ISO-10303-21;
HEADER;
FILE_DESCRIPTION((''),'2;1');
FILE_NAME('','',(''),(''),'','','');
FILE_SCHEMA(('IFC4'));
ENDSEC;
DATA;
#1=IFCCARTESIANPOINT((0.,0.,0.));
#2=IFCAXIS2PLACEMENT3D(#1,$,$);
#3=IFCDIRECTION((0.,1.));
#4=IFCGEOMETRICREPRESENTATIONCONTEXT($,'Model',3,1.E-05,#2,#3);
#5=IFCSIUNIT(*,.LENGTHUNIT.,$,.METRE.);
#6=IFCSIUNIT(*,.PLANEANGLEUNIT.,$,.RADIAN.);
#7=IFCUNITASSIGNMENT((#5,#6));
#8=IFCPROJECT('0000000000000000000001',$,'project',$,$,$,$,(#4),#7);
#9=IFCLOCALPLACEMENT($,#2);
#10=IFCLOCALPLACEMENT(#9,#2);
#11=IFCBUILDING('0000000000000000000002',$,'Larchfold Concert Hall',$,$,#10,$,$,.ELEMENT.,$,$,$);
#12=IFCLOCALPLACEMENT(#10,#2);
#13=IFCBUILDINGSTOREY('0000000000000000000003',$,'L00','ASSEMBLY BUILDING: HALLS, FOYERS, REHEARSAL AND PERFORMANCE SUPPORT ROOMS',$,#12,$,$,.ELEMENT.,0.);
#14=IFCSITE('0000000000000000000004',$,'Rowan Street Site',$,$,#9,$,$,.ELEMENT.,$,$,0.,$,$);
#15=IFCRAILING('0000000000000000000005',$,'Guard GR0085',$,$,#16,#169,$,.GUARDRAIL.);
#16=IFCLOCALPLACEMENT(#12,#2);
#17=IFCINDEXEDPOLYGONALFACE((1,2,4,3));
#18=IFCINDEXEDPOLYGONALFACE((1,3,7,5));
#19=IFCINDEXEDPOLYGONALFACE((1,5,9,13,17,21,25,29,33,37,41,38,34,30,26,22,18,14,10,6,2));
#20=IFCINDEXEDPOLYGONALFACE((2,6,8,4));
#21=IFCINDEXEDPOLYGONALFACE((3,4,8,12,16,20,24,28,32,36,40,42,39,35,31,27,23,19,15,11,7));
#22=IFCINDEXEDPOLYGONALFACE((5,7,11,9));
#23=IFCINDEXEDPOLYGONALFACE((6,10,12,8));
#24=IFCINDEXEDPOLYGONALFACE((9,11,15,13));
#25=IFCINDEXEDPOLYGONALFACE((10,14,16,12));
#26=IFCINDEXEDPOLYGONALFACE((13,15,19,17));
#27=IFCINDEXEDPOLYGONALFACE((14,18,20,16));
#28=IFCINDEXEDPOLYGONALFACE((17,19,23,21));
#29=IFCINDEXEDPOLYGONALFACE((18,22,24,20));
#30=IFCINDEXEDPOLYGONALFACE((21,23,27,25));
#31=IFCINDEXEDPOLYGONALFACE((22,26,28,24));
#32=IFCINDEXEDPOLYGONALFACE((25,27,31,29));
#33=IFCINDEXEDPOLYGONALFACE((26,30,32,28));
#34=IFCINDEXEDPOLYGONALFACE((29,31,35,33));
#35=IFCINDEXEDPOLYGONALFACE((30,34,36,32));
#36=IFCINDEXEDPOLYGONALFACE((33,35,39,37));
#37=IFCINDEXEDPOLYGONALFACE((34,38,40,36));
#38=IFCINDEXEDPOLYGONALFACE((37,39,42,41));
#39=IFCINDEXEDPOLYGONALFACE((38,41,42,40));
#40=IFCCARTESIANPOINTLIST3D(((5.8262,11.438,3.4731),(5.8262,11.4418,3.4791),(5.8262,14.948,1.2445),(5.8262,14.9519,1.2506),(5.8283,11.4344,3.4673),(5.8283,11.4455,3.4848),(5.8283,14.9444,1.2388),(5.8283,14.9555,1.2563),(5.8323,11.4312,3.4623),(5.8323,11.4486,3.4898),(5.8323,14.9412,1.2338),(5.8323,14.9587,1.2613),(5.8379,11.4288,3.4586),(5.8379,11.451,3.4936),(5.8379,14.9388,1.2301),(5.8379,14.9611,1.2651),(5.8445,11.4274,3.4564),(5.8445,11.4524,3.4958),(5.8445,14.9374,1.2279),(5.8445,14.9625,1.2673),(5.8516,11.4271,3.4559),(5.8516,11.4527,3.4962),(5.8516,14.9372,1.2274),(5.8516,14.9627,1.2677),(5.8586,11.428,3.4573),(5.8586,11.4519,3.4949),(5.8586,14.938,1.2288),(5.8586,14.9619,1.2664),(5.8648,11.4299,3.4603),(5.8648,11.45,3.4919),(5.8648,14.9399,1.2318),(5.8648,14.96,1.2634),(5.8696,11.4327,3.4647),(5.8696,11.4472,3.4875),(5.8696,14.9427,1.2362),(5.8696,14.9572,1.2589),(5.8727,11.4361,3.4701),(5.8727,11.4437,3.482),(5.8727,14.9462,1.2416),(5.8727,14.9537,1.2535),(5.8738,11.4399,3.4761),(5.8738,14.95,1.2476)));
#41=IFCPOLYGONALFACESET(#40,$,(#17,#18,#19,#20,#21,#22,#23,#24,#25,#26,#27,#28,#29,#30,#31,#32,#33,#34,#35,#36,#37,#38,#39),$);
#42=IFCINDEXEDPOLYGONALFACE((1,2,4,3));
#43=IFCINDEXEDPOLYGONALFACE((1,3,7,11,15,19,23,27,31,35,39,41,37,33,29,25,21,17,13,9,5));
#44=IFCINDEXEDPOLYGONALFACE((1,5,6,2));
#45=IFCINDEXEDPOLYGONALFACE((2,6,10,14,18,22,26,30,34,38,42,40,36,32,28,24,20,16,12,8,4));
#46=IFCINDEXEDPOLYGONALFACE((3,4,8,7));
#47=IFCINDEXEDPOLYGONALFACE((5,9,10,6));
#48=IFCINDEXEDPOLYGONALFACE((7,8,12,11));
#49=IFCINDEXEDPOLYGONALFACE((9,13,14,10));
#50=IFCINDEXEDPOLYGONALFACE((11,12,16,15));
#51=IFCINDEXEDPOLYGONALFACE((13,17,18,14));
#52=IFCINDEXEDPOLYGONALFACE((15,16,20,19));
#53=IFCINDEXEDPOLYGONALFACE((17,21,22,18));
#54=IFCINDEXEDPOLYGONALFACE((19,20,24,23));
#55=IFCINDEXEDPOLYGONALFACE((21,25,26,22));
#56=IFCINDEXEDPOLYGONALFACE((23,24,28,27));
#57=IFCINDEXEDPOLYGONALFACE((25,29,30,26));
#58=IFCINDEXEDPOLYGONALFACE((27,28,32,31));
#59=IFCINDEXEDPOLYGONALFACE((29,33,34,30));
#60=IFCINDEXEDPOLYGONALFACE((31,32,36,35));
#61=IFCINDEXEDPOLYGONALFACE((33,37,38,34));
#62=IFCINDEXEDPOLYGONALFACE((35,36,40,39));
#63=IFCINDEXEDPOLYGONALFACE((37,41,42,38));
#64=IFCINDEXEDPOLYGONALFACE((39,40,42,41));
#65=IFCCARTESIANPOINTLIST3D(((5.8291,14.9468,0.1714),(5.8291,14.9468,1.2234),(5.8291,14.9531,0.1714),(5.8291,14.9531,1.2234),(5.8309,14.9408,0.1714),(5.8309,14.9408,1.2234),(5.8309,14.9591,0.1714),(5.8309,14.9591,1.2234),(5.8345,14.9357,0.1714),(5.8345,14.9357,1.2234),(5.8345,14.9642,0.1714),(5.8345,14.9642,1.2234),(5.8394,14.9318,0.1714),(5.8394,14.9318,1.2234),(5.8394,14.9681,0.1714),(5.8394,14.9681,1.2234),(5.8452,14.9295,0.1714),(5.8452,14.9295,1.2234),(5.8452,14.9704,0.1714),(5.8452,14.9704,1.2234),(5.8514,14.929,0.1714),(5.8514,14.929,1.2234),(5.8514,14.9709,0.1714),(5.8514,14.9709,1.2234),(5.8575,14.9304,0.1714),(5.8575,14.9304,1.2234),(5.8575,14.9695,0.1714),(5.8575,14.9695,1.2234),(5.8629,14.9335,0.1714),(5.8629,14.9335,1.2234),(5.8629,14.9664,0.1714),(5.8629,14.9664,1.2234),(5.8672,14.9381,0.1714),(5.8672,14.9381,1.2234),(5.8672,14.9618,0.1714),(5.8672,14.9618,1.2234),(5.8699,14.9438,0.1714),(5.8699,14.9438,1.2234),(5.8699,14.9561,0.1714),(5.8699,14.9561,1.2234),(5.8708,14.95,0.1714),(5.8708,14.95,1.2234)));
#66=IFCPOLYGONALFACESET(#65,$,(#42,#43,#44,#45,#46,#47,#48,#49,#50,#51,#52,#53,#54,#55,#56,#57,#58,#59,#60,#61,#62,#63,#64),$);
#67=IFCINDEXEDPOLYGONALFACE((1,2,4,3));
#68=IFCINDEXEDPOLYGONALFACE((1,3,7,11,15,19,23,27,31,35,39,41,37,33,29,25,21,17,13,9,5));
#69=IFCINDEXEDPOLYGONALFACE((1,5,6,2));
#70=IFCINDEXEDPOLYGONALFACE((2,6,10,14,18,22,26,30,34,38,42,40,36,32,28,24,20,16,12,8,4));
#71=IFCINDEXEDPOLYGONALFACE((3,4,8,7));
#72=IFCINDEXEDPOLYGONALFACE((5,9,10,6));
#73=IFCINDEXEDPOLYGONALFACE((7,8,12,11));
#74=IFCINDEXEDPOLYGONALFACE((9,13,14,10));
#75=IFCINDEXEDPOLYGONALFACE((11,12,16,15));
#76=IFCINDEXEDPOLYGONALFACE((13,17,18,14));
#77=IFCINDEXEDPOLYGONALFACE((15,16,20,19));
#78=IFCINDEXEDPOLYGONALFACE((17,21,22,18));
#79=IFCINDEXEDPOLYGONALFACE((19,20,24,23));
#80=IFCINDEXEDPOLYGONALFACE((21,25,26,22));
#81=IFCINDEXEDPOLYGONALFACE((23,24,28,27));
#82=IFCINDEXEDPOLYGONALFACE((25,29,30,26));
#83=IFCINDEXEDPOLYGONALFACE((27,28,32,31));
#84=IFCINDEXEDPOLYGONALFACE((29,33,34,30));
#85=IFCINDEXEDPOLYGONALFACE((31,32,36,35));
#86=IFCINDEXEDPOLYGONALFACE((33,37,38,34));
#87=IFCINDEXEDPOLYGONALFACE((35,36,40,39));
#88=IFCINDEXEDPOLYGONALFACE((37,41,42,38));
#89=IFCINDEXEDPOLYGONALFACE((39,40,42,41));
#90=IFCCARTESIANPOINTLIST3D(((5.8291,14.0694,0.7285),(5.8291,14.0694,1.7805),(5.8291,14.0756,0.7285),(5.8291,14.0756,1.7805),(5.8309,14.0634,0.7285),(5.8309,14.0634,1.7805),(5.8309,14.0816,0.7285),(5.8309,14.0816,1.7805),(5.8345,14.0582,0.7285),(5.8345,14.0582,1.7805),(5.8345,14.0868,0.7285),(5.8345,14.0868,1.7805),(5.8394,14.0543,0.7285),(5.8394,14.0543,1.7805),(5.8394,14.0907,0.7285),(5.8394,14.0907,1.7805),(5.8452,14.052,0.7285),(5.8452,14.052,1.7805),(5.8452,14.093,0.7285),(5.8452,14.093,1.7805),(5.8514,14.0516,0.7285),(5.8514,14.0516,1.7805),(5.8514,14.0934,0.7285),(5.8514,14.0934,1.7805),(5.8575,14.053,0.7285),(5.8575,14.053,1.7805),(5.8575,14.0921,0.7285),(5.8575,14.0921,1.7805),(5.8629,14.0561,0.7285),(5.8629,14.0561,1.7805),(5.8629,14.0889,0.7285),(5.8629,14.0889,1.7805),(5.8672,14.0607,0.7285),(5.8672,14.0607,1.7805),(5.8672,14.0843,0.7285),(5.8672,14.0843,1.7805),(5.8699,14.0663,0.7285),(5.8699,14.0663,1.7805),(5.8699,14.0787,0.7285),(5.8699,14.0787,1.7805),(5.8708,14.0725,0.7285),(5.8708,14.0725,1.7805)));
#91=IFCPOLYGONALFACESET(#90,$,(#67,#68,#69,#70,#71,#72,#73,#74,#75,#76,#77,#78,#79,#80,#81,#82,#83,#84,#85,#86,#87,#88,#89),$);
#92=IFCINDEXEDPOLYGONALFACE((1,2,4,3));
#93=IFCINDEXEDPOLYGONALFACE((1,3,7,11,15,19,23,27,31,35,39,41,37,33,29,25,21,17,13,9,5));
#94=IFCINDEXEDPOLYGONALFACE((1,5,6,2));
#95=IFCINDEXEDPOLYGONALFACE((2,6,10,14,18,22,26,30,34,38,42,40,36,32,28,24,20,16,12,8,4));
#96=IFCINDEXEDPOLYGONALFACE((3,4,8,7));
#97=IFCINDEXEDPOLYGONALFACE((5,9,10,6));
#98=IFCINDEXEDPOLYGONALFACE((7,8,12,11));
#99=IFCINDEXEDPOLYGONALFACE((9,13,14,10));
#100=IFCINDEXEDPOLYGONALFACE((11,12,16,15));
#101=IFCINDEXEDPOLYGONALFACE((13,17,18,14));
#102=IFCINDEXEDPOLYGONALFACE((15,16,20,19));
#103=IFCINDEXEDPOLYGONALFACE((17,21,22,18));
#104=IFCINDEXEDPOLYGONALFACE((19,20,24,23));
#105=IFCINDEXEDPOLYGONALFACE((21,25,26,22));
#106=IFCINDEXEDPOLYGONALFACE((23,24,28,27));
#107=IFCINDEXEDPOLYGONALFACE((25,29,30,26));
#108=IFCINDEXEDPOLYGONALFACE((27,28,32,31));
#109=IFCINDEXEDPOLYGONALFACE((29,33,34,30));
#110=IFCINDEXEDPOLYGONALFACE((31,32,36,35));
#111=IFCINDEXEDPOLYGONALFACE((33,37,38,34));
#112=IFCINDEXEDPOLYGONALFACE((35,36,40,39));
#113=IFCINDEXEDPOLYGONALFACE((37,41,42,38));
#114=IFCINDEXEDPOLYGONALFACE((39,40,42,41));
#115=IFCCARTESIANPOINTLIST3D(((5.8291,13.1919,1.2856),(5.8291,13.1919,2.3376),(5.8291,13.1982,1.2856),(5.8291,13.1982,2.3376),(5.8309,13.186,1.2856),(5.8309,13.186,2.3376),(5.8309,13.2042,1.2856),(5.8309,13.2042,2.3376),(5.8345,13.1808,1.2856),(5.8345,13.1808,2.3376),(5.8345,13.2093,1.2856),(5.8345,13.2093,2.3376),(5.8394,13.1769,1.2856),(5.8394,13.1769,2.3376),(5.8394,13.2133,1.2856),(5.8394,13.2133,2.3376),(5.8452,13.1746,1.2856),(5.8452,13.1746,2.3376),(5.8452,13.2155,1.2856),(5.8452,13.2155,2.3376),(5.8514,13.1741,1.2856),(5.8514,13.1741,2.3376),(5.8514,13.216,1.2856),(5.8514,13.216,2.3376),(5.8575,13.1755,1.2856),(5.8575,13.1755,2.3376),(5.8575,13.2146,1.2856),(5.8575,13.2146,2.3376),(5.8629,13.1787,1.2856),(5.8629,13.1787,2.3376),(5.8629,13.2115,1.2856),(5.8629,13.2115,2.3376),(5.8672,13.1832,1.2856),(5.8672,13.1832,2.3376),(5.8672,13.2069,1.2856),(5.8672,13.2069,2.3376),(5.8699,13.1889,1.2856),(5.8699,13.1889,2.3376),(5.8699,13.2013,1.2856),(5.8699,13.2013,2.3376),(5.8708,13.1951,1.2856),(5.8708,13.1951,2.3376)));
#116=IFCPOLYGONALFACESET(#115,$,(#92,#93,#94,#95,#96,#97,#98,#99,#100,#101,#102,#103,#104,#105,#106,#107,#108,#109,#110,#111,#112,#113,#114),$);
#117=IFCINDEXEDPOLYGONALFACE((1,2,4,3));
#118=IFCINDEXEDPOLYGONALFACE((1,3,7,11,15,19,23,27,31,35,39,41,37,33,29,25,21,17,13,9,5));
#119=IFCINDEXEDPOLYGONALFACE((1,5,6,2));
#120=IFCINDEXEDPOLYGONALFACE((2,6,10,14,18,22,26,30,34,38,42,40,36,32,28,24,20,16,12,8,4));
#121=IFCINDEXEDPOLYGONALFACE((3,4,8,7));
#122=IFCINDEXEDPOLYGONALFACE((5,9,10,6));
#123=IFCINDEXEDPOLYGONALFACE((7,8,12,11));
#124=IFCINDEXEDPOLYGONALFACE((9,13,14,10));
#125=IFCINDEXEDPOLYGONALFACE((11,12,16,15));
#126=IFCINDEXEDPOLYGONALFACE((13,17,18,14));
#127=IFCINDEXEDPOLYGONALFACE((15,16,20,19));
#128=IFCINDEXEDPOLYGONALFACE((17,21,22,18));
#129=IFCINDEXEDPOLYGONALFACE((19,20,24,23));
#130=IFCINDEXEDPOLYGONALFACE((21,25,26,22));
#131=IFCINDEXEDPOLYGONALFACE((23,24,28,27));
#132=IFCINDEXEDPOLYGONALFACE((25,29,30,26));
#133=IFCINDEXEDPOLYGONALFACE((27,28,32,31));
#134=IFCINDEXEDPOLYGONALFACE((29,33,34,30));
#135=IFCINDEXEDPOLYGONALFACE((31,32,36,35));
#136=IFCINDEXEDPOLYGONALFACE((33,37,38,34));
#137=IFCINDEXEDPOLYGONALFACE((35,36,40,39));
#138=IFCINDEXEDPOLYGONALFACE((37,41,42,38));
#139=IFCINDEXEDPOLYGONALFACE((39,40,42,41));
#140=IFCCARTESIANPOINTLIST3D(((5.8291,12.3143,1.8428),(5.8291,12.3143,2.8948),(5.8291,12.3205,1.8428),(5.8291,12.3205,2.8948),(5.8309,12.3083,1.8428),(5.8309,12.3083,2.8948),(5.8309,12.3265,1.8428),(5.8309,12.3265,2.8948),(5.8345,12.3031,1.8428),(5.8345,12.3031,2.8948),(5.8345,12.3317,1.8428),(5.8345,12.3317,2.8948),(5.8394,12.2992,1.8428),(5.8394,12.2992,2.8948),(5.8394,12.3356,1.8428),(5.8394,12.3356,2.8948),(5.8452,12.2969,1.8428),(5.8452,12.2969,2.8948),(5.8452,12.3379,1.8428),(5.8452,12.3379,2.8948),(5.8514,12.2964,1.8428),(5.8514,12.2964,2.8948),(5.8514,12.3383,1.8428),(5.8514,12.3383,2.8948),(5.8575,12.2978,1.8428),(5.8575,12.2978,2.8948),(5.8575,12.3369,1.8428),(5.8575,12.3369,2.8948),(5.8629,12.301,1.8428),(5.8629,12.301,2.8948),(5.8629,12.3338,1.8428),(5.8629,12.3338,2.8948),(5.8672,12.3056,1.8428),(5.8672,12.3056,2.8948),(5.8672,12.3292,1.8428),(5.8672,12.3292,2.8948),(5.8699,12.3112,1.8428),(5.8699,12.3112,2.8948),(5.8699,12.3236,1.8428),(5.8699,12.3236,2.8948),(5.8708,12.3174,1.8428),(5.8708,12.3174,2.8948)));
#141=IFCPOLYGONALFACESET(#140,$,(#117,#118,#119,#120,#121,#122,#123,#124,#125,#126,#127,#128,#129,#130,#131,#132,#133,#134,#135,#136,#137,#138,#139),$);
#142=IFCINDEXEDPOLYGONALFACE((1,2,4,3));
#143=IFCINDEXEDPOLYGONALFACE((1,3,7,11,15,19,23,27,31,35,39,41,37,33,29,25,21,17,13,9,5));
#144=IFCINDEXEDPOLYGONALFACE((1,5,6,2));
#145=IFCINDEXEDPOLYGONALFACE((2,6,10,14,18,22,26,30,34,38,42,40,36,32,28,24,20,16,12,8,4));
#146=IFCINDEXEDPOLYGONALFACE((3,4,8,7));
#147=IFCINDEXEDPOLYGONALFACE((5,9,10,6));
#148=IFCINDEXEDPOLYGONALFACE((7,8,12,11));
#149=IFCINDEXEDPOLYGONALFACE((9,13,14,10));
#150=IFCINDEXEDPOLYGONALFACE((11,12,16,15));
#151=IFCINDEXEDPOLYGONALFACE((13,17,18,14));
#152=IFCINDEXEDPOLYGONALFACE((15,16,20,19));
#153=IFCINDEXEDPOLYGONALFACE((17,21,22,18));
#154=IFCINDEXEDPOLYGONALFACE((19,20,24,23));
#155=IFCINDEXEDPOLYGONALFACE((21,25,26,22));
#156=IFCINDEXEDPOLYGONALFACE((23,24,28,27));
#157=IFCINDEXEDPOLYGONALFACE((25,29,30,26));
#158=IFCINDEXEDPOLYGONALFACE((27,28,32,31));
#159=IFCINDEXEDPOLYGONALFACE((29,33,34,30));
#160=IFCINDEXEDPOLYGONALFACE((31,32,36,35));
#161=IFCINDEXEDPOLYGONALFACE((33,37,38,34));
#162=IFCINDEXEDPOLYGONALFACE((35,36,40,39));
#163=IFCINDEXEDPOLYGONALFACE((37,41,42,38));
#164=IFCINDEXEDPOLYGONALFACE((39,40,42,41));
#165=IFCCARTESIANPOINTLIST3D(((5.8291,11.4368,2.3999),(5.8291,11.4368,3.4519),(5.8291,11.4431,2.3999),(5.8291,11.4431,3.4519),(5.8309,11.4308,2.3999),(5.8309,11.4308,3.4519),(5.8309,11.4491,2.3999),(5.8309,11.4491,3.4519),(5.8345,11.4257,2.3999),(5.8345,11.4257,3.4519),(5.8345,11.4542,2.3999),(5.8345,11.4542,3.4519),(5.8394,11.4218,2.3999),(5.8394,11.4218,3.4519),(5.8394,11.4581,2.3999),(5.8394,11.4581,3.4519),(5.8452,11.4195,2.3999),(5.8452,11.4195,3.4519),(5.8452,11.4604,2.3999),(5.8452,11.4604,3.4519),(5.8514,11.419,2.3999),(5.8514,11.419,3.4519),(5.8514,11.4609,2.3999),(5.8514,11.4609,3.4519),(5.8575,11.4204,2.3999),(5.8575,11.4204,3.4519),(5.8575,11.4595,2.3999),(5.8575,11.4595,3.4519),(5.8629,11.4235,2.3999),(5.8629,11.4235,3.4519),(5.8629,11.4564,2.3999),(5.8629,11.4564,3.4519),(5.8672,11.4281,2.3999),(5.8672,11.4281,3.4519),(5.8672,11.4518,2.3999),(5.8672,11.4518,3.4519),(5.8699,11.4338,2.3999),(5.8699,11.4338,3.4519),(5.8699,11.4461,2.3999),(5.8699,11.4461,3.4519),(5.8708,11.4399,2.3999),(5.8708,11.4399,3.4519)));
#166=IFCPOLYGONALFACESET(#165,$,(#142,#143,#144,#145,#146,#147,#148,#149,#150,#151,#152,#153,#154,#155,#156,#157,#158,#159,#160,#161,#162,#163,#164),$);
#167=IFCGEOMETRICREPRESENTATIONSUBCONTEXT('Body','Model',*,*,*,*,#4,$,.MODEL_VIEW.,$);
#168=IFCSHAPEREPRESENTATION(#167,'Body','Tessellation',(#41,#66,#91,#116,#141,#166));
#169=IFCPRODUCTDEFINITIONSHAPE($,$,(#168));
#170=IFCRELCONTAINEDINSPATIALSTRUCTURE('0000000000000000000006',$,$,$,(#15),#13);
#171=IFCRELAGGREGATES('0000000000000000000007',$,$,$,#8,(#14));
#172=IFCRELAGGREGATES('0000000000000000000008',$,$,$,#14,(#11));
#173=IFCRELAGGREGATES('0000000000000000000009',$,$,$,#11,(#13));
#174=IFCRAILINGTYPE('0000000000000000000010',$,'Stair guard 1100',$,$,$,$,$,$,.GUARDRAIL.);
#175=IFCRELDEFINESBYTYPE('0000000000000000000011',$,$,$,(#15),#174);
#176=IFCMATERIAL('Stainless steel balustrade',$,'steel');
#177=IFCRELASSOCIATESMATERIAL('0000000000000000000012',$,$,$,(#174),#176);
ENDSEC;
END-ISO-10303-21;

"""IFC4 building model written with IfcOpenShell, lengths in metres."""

from ifc_helpers import new_model, si_unit, direction, frame, origin, origin_2d, place, context, subcontext, project, spatial, circle, extrude, material, type_object, element, save


model = new_model("IFC4")

# Units and contexts
model_context = context("Model", 3, precision=1e-05, world=origin(), true_north=direction((0.0, 1.0)))
body_context = subcontext(model_context, "Body", "Model", "MODEL_VIEW")
ifc_project = project(units=[si_unit("LENGTHUNIT", "METRE"), si_unit("PLANEANGLEUNIT", "RADIAN")], contexts=[model_context])

# Site, building, storey
site_placement = place(None, origin())
site = spatial("IfcSite", under=ifc_project, at=site_placement, Name="Rowan Street Site", CompositionType="ELEMENT", RefElevation=0.0)
building_placement = place(site_placement, origin())
building = spatial("IfcBuilding", under=site, at=building_placement, Name="Larchfold Concert Hall", CompositionType="ELEMENT")
storey_placement = place(building_placement, origin())
storey = spatial("IfcBuildingStorey", under=building, at=storey_placement, Name="L00", Description="ASSEMBLY BUILDING: HALLS, FOYERS, REHEARSAL AND PERFORMANCE SUPPORT ROOMS", CompositionType="ELEMENT", Elevation=0.0)

# Railing
ifc_material_1 = material(Name="Stainless steel balustrade", Category="steel")
railing_type_1 = type_object("IfcRailingType", Name="Stair guard 1100", PredefinedType="GUARDRAIL", material=ifc_material_1)
railing_1_placement = place(storey_placement, frame((5.8499, 14.95, 0.1714)))
element("IfcRailing", 1, at=railing_1_placement, inside=storey, type_object=railing_type_1, Name="Guard GR0085", PredefinedType="GUARDRAIL", context=body_context, shape_type="SweptSolid", body=[
    extrude(circle(Radius=0.0239, at=origin_2d()), frame((0.0, 0.0, 1.0762), z_axis=(0.0, -0.84422, 0.535998), x_axis=(1.0, 0.0, 0.0)), (0.0, 0.0, 1.0), 4.1577),
    extrude(circle(Radius=0.021, at=origin_2d()), origin(), (0.0, 0.0, 1.0), 1.052),
    extrude(circle(Radius=0.021, at=origin_2d()), frame((0.0, -0.8774, 0.5571)), (0.0, 0.0, 1.0), 1.052),
    extrude(circle(Radius=0.021, at=origin_2d()), frame((0.0, -1.7549, 1.1143)), (0.0, 0.0, 1.0), 1.052),
    extrude(circle(Radius=0.021, at=origin_2d()), frame((0.0, -2.6326, 1.6714)), (0.0, 0.0, 1.0), 1.052),
    extrude(circle(Radius=0.021, at=origin_2d()), frame((0.0, -3.51, 2.2285)), (0.0, 0.0, 1.0), 1.052),
])

save(model, "model.ifc")
